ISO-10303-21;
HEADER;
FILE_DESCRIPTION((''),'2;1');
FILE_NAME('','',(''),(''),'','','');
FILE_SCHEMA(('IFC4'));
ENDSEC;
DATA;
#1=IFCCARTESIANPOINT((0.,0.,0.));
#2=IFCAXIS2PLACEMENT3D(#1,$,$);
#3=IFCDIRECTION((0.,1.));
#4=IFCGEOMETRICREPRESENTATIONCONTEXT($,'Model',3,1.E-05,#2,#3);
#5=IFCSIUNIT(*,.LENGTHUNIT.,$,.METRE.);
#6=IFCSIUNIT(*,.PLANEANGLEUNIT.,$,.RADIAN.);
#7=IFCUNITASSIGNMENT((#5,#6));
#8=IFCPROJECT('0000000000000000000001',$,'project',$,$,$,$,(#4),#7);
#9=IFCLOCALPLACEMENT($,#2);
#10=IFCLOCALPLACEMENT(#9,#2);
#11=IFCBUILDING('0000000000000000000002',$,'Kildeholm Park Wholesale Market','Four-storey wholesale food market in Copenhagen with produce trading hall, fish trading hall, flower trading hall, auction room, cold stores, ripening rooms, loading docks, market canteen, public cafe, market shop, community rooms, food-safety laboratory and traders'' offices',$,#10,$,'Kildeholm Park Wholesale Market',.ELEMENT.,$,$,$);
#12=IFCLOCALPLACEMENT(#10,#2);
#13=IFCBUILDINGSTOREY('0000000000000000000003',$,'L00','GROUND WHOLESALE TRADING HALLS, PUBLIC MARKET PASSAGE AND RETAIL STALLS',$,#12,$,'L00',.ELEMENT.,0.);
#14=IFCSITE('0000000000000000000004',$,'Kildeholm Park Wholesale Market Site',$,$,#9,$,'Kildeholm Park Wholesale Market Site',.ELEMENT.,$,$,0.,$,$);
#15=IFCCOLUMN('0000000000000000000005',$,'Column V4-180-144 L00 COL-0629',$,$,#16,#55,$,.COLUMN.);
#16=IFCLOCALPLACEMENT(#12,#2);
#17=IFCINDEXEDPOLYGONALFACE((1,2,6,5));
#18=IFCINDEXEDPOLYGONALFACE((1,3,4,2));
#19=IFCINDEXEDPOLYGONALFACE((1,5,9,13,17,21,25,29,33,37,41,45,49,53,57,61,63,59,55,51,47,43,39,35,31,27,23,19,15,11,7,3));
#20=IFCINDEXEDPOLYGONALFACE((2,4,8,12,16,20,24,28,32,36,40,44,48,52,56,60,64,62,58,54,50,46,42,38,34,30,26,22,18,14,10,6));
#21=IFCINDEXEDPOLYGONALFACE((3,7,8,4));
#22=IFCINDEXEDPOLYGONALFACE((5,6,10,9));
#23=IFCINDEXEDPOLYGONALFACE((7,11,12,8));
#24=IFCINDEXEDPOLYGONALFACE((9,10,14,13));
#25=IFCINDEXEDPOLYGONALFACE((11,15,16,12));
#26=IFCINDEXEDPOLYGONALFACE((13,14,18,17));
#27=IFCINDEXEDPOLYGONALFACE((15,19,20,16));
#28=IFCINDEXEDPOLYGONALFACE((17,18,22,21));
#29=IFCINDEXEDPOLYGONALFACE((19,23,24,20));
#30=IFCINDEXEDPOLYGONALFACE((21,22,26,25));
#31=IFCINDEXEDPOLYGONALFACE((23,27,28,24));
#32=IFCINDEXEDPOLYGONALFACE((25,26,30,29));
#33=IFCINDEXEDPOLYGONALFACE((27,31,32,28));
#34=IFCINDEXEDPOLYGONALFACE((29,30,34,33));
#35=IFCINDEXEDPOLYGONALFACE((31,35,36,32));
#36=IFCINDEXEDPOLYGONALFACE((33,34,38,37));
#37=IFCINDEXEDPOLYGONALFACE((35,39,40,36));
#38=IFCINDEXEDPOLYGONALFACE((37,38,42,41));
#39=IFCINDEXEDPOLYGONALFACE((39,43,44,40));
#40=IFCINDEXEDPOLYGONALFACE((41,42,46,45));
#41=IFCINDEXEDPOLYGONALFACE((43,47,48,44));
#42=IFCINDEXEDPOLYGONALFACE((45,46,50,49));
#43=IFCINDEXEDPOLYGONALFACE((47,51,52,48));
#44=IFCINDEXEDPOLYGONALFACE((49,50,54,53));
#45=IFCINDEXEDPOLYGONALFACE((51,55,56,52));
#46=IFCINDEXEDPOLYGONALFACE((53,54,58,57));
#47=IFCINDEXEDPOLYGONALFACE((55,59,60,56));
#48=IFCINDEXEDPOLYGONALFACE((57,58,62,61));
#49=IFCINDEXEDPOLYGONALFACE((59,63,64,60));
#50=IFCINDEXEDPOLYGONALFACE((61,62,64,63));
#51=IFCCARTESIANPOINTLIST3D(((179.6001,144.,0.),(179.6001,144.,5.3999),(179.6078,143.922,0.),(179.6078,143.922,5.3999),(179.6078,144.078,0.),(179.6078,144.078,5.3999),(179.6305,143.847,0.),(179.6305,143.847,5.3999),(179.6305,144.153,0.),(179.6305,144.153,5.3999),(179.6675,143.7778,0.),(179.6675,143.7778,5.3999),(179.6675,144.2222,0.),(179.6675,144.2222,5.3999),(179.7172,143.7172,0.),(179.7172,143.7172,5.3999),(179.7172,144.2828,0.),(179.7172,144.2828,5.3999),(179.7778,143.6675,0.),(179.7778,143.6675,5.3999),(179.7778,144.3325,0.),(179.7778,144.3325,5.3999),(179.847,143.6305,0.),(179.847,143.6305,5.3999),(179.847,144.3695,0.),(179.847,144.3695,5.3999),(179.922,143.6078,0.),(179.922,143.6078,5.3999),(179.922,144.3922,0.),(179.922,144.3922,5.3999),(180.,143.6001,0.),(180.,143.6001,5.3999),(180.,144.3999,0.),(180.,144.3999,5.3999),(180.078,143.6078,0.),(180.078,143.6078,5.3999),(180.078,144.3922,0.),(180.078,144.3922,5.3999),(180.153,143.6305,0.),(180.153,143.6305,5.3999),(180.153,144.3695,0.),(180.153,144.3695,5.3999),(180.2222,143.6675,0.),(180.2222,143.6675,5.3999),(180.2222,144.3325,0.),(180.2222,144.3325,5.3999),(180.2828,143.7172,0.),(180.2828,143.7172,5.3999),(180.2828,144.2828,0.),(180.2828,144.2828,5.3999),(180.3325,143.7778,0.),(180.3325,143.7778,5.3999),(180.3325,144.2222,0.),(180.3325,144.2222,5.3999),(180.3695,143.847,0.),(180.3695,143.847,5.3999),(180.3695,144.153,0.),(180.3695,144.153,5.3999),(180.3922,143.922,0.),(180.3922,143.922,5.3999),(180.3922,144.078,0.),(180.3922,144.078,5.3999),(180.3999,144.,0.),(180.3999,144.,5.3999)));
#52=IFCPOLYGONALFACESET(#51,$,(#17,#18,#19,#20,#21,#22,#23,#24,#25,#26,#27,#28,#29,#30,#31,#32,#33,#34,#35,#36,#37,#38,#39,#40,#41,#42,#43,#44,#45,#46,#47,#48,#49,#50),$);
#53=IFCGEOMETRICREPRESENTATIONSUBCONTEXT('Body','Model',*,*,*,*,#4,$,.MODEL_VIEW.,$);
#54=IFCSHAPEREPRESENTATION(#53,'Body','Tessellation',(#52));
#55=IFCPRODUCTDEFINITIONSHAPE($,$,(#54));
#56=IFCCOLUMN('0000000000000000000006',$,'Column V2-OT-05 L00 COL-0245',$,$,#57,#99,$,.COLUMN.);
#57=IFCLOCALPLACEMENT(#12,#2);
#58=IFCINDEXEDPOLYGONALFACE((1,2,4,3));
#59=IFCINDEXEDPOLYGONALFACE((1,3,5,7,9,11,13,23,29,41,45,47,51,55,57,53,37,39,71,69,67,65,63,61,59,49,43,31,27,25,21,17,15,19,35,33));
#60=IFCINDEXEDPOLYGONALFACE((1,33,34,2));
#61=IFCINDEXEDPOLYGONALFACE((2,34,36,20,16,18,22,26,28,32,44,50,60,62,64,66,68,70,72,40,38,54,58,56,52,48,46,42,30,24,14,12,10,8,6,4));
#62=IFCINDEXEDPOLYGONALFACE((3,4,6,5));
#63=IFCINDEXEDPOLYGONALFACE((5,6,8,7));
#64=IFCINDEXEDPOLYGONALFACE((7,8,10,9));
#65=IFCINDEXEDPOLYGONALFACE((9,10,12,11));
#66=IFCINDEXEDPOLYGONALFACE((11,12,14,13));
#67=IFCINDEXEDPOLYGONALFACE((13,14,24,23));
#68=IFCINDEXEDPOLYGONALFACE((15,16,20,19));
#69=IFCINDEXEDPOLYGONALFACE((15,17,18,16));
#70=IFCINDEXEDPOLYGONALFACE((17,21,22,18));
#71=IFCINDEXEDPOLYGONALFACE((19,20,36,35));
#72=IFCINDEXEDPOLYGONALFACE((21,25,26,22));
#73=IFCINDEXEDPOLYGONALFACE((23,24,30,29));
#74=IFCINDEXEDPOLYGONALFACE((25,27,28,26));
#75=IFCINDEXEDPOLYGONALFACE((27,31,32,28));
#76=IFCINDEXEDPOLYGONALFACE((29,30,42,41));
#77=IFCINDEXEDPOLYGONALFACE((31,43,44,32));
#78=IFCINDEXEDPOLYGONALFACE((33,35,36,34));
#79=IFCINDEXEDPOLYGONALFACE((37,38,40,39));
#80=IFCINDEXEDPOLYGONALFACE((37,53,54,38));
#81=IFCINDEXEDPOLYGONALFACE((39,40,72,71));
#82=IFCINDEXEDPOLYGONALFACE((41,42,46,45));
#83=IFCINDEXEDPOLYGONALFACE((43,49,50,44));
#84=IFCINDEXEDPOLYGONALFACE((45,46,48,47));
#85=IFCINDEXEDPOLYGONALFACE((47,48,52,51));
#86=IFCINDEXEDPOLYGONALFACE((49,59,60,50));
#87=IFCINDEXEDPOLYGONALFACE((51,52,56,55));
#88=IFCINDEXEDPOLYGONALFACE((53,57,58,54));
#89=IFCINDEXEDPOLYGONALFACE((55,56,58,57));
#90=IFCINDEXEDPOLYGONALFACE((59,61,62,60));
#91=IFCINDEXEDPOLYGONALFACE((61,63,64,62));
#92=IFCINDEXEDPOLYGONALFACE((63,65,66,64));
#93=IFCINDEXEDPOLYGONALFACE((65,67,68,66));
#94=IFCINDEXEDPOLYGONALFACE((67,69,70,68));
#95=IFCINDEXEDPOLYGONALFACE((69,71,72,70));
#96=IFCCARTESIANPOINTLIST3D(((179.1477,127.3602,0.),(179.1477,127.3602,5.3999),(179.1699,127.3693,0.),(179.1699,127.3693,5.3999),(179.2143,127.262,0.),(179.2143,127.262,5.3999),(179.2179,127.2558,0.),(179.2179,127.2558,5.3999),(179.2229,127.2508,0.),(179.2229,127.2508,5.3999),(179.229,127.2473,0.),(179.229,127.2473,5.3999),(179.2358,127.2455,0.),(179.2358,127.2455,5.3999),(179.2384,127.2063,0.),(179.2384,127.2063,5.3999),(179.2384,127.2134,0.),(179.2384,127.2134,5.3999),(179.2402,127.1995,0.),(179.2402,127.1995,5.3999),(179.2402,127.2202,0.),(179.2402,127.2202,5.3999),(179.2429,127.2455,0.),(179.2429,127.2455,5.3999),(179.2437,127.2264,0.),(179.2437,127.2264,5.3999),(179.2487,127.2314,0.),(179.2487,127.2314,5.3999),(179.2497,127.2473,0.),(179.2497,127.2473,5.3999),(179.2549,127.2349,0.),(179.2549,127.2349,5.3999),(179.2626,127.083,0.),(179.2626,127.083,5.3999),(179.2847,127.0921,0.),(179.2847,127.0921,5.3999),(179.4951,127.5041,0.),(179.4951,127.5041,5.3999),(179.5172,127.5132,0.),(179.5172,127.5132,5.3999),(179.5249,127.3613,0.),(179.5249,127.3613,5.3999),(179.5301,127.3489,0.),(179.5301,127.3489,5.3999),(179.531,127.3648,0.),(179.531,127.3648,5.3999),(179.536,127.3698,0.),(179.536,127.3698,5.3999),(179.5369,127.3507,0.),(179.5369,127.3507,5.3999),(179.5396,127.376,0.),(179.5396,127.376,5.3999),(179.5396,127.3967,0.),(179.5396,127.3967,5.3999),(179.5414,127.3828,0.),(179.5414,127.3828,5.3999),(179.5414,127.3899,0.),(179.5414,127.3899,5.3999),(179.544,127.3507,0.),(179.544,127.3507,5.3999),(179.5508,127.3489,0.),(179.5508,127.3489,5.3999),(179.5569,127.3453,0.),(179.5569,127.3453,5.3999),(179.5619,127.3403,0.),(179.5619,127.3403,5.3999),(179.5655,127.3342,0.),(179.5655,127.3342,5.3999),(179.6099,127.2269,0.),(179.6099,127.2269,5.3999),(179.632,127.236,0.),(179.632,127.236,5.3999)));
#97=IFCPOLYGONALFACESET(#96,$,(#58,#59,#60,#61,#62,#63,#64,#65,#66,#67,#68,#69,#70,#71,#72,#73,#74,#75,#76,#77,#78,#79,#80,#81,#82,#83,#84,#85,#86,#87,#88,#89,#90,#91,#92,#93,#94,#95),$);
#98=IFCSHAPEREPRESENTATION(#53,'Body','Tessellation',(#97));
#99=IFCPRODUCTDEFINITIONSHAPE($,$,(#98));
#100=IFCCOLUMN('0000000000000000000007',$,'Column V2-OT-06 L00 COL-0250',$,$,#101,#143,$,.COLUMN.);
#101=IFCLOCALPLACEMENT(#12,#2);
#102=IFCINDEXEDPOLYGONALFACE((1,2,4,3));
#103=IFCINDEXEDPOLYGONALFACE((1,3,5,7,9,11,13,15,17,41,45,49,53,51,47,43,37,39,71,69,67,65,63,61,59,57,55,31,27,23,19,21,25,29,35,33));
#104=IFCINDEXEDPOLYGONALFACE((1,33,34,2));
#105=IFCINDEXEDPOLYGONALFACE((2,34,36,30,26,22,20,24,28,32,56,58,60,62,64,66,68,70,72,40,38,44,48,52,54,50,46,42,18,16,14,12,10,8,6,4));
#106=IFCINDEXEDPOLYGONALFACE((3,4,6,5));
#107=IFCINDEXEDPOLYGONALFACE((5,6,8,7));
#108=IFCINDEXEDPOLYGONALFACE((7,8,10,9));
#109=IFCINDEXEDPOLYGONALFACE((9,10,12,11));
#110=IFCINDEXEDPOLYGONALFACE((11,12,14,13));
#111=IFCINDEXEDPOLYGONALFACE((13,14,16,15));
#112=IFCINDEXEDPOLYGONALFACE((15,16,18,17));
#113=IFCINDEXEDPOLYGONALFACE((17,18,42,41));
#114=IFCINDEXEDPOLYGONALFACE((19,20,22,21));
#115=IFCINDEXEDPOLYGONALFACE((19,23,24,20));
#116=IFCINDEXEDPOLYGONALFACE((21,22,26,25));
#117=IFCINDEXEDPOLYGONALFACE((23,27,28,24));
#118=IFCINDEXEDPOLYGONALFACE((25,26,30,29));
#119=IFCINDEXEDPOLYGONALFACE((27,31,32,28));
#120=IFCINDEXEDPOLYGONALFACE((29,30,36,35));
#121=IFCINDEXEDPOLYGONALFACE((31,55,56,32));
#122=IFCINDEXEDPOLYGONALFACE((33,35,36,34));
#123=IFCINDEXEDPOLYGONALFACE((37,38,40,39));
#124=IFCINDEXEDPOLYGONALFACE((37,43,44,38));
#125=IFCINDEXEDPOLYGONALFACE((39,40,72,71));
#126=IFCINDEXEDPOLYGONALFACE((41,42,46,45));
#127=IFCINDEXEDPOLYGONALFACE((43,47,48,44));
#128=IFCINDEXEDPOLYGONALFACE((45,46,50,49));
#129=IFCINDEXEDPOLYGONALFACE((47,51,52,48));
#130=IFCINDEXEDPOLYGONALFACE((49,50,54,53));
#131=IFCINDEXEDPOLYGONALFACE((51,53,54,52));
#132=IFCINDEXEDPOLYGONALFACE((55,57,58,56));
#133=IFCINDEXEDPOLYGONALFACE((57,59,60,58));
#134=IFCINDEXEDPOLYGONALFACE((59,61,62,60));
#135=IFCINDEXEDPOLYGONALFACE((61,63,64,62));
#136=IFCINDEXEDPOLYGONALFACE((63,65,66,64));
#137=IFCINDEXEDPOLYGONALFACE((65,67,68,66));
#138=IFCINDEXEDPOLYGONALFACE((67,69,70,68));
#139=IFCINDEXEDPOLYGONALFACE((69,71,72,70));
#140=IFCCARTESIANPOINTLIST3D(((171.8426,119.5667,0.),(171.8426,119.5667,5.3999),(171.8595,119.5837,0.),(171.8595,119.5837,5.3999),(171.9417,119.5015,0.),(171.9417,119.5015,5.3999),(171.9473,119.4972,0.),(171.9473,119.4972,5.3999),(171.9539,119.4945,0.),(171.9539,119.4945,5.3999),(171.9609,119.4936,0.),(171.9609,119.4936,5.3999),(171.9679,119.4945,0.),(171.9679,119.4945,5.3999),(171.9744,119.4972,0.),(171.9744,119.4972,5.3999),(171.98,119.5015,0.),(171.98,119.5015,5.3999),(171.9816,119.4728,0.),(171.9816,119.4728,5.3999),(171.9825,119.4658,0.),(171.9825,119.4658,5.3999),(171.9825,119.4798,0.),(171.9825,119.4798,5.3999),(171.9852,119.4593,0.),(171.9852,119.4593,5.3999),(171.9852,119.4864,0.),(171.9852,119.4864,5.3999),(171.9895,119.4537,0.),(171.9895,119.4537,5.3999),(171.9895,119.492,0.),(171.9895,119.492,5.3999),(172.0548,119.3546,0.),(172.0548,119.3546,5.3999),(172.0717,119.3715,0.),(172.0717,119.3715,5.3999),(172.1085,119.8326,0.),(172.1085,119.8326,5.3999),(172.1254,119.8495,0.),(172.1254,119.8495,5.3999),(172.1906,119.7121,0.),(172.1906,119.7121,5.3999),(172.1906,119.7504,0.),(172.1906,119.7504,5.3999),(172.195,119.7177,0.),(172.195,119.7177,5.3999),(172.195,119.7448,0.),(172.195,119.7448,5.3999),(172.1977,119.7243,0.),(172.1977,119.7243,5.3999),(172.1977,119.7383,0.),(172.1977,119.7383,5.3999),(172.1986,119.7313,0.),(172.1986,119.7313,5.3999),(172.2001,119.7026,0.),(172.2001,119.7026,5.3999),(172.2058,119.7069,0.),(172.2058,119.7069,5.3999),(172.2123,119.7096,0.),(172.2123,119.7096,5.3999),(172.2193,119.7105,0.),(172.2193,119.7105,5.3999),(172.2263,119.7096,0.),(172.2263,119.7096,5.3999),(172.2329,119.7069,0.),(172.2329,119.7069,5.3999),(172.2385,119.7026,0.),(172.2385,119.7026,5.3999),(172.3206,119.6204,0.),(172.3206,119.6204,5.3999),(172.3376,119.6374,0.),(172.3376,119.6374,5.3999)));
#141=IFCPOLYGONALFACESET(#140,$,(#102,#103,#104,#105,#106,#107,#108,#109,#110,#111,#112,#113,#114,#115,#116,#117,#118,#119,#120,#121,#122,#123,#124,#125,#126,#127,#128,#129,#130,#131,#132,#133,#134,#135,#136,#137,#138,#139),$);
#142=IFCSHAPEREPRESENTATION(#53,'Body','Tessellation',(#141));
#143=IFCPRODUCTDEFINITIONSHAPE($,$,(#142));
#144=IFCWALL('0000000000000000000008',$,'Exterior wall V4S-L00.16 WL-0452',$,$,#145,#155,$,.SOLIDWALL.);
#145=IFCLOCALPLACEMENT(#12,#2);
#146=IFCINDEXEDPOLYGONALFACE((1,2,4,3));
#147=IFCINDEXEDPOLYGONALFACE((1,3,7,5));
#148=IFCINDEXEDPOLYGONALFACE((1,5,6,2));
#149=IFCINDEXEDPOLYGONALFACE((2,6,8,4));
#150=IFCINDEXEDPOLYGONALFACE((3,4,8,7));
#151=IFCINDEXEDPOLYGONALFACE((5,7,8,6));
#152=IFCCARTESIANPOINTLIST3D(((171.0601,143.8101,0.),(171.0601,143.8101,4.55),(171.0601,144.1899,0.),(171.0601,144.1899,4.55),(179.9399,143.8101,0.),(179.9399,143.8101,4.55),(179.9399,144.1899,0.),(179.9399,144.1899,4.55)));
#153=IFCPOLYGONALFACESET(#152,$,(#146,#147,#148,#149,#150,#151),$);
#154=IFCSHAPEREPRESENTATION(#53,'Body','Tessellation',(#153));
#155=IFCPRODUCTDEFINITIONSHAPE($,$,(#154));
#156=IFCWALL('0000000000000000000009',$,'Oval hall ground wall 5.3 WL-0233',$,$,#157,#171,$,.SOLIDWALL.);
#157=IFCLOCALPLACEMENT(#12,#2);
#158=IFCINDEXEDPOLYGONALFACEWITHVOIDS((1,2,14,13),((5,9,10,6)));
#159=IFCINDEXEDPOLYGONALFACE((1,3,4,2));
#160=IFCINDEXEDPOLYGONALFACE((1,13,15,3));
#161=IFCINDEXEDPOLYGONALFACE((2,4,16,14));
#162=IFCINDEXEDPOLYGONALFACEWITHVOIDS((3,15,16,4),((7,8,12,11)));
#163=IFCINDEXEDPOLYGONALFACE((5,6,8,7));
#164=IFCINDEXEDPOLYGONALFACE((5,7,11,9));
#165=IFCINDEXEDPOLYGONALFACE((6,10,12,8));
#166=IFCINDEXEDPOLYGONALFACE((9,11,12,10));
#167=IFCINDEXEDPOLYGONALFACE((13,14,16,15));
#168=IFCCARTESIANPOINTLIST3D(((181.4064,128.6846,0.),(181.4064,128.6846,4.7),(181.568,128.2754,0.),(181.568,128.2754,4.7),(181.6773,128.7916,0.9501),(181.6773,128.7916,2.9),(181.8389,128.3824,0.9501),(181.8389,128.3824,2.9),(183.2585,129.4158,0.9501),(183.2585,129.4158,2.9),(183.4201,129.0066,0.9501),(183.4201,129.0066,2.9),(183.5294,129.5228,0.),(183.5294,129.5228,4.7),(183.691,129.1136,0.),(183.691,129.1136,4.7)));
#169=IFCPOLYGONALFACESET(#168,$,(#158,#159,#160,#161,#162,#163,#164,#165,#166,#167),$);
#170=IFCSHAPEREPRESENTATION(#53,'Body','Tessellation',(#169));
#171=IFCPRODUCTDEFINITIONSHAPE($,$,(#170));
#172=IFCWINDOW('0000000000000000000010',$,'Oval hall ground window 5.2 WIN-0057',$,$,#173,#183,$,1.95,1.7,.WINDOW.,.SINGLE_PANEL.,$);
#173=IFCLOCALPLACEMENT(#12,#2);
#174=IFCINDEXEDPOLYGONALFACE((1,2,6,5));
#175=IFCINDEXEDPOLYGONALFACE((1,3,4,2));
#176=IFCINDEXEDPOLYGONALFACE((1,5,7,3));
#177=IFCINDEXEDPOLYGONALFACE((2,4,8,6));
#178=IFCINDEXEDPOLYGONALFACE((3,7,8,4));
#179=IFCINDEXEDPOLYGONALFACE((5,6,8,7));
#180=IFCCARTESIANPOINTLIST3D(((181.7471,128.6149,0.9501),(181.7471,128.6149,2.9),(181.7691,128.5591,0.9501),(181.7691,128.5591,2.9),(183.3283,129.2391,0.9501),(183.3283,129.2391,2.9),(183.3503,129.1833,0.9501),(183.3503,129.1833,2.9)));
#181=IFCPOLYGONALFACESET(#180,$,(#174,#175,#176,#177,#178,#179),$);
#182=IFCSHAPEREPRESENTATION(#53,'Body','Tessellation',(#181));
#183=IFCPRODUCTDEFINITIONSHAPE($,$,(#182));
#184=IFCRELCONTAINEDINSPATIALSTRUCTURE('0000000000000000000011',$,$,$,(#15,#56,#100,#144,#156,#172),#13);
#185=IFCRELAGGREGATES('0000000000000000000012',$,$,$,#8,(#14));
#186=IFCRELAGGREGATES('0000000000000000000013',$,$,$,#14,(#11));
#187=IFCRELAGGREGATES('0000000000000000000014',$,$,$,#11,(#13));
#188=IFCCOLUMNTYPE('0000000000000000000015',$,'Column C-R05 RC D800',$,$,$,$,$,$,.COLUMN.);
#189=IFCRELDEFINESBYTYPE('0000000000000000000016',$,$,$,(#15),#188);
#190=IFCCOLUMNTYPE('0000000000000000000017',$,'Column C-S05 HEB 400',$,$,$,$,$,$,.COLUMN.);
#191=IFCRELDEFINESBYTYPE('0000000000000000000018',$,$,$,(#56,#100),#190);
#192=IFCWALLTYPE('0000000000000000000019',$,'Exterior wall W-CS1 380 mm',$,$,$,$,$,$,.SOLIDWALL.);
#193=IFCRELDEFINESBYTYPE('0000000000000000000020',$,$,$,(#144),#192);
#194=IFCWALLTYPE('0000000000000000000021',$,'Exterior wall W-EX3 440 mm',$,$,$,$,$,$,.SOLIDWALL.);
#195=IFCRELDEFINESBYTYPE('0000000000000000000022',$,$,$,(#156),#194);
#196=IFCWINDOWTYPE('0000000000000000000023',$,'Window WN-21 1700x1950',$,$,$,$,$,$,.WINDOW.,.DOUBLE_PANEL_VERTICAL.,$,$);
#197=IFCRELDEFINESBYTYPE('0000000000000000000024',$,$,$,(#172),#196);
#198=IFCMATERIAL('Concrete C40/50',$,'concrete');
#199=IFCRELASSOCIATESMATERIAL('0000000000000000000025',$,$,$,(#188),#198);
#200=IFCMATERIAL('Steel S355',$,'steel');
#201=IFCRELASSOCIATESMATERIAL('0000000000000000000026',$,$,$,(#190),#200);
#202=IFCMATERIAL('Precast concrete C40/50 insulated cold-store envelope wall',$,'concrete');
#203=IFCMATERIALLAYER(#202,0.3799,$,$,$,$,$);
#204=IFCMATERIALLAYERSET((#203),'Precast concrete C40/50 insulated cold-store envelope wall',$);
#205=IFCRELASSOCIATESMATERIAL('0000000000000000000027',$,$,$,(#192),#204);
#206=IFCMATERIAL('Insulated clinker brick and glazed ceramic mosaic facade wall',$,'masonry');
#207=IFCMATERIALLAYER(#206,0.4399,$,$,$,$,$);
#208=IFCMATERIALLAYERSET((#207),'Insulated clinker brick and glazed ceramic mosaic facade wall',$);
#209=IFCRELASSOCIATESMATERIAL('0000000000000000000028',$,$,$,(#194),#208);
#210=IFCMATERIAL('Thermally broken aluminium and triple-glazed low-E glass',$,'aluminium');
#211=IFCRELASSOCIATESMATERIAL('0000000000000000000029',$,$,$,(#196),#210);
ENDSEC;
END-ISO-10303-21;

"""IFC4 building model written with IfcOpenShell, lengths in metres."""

from ifc_helpers import new_model, si_unit, direction, frame, frame_2d, origin, origin_2d, place, context, subcontext, project, spatial, rectangle, circle, i_section, extrude, material, layer, layer_set, material_profile, profile_set, type_object, element, fill, save


model = new_model("IFC4")

# Units and contexts
model_context = context("Model", 3, precision=1e-05, world=origin(), true_north=direction((0.0, 1.0)))
body_context = subcontext(model_context, "Body", "Model", "MODEL_VIEW")
ifc_project = project(units=[si_unit("LENGTHUNIT", "METRE"), si_unit("PLANEANGLEUNIT", "RADIAN")], contexts=[model_context])

# Site, building, storey
site_placement = place(None, origin())
site = spatial("IfcSite", under=ifc_project, at=site_placement, Name="Kildeholm Park Wholesale Market Site", LongName="Kildeholm Park Wholesale Market Site", CompositionType="ELEMENT", RefElevation=0.0)
building_placement = place(site_placement, origin())
building = spatial("IfcBuilding", under=site, at=building_placement, Name="Kildeholm Park Wholesale Market", Description="Four-storey wholesale food market in Copenhagen with produce trading hall, fish trading hall, flower trading hall, auction room, cold stores, ripening rooms, loading docks, market canteen, public cafe, market shop, community rooms, food-safety laboratory and traders' offices", LongName="Kildeholm Park Wholesale Market", CompositionType="ELEMENT")
storey_placement = place(building_placement, origin())
storey = spatial("IfcBuildingStorey", under=building, at=storey_placement, Name="L00", Description="GROUND WHOLESALE TRADING HALLS, PUBLIC MARKET PASSAGE AND RETAIL STALLS", LongName="L00", CompositionType="ELEMENT", Elevation=0.0)

# Columns
ifc_material_1 = material(Name="Concrete C40/50", Category="concrete")
ifc_material_profile_1 = material_profile(ifc_material_1, circle(Radius=0.3999, at=origin_2d()), Name="RC D800")
ifc_profile_set_1 = profile_set([ifc_material_profile_1], Name="Concrete C40/50")
column_type_1 = type_object("IfcColumnType", Name="Column C-R05 RC D800", PredefinedType="COLUMN", material=ifc_profile_set_1)
column_1_placement = place(storey_placement, frame((180.0, 144.0, 0.0), z_axis=(0.0, 0.0, 1.0), x_axis=(1.0, 0.0, 0.0)))
element("IfcColumn", 1, at=column_1_placement, inside=storey, type_object=column_type_1, Name="Column V4-180-144 L00 COL-0629", PredefinedType="COLUMN", context=body_context, shape_type="SweptSolid", body=[
    extrude(circle(Radius=0.3999, at=origin_2d()), origin(), (0.0, 0.0, 1.0), 5.3999),
])
ifc_material_2 = material(Name="Steel S355", Category="steel")
ifc_material_profile_2 = material_profile(ifc_material_2, i_section(OverallWidth=0.3, OverallDepth=0.3999, WebThickness=0.0134, FlangeThickness=0.0239, FilletRadius=0.0271, at=origin_2d()), Name="HEB 400")
ifc_profile_set_2 = profile_set([ifc_material_profile_2], Name="Steel S355")
column_type_2 = type_object("IfcColumnType", Name="Column C-S05 HEB 400", PredefinedType="COLUMN", material=ifc_profile_set_2)
for number, where, z_axis, x_axis, name in (
    (2, (179.3899, 127.2981, 0.0), (0.0, 0.0, 1.0), (-0.382683, 0.92388, 0.0), "Column V2-OT-05 L00 COL-0245"),
    (3, (172.0901, 119.6021, 0.0), (0.0, 0.0, 1.0), (-0.707107, 0.707107, 0.0), "Column V2-OT-06 L00 COL-0250"),
):
    element("IfcColumn", number, at=place(storey_placement, frame(where, z_axis=z_axis, x_axis=x_axis)), inside=storey, type_object=column_type_2, Name=name, PredefinedType="COLUMN", context=body_context, shape_type="SweptSolid", body=[
        extrude(i_section(OverallWidth=0.3, OverallDepth=0.3999, WebThickness=0.0134, FlangeThickness=0.0239, FilletRadius=0.0271, at=origin_2d()), origin(), (0.0, 0.0, 1.0), 5.3999),
    ])

# Wall
ifc_material_3 = material(Name="Precast concrete C40/50 insulated cold-store envelope wall", Category="concrete")
ifc_layer_1 = layer(ifc_material_3, 0.3799)
ifc_layer_set_1 = layer_set([ifc_layer_1], Name="Precast concrete C40/50 insulated cold-store envelope wall")
wall_type_1 = type_object("IfcWallType", Name="Exterior wall W-CS1 380 mm", PredefinedType="SOLIDWALL", material=ifc_layer_set_1)
wall_1_placement = place(storey_placement, frame((171.0601, 144.0, 0.0), z_axis=(0.0, 0.0, 1.0), x_axis=(1.0, 0.0, 0.0)))
element("IfcWall", 4, at=wall_1_placement, inside=storey, type_object=wall_type_1, Name="Exterior wall V4S-L00.16 WL-0452", PredefinedType="SOLIDWALL", context=body_context, shape_type="SweptSolid", body=[
    extrude(rectangle(XDim=8.8799, YDim=0.3799, at=frame_2d((4.4399, 0.0))), origin(), (0.0, 0.0, 1.0), 4.55),
])

# Wall, opening, window
ifc_material_4 = material(Name="Insulated clinker brick and glazed ceramic mosaic facade wall", Category="masonry")
ifc_layer_2 = layer(ifc_material_4, 0.4399)
ifc_layer_set_2 = layer_set([ifc_layer_2], Name="Insulated clinker brick and glazed ceramic mosaic facade wall")
wall_type_2 = type_object("IfcWallType", Name="Exterior wall W-EX3 440 mm", PredefinedType="SOLIDWALL", material=ifc_layer_set_2)
wall_2_placement = place(storey_placement, frame((183.6101, 129.3181, 0.0), z_axis=(0.0, 0.0, 1.0), x_axis=(-0.930142, -0.367201, 0.0)))
wall_2 = element("IfcWall", 5, at=wall_2_placement, inside=storey, type_object=wall_type_2, Name="Oval hall ground wall 5.3 WL-0233", PredefinedType="SOLIDWALL", context=body_context, shape_type="SweptSolid", body=[
    extrude(rectangle(XDim=2.2825, YDim=0.4399, at=frame_2d((1.1411, 0.0))), origin(), (0.0, 0.0, 1.0), 4.7),
])
opening_1_placement = place(wall_2_placement, frame((0.291, 0.0, 0.95)))
opening_1 = element("IfcOpeningElement", 6, at=opening_1_placement, cuts=wall_2, PredefinedType="OPENING", context=body_context, shape_type="SweptSolid", body=[
    extrude(rectangle(XDim=1.7, YDim=1.95, at=frame_2d((0.8501, 0.9751))), frame((0.0, 0.23, 0.0), z_axis=(0.0, -1.0, 0.0), x_axis=(1.0, 0.0, 0.0)), (0.0, 0.0, 1.0), 0.46),
])
ifc_material_5 = material(Name="Thermally broken aluminium and triple-glazed low-E glass", Category="aluminium")
window_type_1 = type_object("IfcWindowType", Name="Window WN-21 1700x1950", PartitioningType="DOUBLE_PANEL_VERTICAL", PredefinedType="WINDOW", material=ifc_material_5)
window_1_placement = place(opening_1_placement, origin())
window_1 = element("IfcWindow", 7, at=window_1_placement, inside=storey, type_object=window_type_1, Name="Oval hall ground window 5.2 WIN-0057", OverallHeight=1.95, OverallWidth=1.7, PartitioningType="SINGLE_PANEL", PredefinedType="WINDOW", context=body_context, shape_type="SweptSolid", body=[
    extrude(rectangle(XDim=1.7, YDim=1.95, at=frame_2d((0.8501, 0.9751))), frame((0.0, 0.03, 0.0), z_axis=(0.0, -1.0, 0.0), x_axis=(1.0, 0.0, 0.0)), (0.0, 0.0, 1.0), 0.0601),
])
fill(opening_1, window_1)

save(model, "model.ifc")
